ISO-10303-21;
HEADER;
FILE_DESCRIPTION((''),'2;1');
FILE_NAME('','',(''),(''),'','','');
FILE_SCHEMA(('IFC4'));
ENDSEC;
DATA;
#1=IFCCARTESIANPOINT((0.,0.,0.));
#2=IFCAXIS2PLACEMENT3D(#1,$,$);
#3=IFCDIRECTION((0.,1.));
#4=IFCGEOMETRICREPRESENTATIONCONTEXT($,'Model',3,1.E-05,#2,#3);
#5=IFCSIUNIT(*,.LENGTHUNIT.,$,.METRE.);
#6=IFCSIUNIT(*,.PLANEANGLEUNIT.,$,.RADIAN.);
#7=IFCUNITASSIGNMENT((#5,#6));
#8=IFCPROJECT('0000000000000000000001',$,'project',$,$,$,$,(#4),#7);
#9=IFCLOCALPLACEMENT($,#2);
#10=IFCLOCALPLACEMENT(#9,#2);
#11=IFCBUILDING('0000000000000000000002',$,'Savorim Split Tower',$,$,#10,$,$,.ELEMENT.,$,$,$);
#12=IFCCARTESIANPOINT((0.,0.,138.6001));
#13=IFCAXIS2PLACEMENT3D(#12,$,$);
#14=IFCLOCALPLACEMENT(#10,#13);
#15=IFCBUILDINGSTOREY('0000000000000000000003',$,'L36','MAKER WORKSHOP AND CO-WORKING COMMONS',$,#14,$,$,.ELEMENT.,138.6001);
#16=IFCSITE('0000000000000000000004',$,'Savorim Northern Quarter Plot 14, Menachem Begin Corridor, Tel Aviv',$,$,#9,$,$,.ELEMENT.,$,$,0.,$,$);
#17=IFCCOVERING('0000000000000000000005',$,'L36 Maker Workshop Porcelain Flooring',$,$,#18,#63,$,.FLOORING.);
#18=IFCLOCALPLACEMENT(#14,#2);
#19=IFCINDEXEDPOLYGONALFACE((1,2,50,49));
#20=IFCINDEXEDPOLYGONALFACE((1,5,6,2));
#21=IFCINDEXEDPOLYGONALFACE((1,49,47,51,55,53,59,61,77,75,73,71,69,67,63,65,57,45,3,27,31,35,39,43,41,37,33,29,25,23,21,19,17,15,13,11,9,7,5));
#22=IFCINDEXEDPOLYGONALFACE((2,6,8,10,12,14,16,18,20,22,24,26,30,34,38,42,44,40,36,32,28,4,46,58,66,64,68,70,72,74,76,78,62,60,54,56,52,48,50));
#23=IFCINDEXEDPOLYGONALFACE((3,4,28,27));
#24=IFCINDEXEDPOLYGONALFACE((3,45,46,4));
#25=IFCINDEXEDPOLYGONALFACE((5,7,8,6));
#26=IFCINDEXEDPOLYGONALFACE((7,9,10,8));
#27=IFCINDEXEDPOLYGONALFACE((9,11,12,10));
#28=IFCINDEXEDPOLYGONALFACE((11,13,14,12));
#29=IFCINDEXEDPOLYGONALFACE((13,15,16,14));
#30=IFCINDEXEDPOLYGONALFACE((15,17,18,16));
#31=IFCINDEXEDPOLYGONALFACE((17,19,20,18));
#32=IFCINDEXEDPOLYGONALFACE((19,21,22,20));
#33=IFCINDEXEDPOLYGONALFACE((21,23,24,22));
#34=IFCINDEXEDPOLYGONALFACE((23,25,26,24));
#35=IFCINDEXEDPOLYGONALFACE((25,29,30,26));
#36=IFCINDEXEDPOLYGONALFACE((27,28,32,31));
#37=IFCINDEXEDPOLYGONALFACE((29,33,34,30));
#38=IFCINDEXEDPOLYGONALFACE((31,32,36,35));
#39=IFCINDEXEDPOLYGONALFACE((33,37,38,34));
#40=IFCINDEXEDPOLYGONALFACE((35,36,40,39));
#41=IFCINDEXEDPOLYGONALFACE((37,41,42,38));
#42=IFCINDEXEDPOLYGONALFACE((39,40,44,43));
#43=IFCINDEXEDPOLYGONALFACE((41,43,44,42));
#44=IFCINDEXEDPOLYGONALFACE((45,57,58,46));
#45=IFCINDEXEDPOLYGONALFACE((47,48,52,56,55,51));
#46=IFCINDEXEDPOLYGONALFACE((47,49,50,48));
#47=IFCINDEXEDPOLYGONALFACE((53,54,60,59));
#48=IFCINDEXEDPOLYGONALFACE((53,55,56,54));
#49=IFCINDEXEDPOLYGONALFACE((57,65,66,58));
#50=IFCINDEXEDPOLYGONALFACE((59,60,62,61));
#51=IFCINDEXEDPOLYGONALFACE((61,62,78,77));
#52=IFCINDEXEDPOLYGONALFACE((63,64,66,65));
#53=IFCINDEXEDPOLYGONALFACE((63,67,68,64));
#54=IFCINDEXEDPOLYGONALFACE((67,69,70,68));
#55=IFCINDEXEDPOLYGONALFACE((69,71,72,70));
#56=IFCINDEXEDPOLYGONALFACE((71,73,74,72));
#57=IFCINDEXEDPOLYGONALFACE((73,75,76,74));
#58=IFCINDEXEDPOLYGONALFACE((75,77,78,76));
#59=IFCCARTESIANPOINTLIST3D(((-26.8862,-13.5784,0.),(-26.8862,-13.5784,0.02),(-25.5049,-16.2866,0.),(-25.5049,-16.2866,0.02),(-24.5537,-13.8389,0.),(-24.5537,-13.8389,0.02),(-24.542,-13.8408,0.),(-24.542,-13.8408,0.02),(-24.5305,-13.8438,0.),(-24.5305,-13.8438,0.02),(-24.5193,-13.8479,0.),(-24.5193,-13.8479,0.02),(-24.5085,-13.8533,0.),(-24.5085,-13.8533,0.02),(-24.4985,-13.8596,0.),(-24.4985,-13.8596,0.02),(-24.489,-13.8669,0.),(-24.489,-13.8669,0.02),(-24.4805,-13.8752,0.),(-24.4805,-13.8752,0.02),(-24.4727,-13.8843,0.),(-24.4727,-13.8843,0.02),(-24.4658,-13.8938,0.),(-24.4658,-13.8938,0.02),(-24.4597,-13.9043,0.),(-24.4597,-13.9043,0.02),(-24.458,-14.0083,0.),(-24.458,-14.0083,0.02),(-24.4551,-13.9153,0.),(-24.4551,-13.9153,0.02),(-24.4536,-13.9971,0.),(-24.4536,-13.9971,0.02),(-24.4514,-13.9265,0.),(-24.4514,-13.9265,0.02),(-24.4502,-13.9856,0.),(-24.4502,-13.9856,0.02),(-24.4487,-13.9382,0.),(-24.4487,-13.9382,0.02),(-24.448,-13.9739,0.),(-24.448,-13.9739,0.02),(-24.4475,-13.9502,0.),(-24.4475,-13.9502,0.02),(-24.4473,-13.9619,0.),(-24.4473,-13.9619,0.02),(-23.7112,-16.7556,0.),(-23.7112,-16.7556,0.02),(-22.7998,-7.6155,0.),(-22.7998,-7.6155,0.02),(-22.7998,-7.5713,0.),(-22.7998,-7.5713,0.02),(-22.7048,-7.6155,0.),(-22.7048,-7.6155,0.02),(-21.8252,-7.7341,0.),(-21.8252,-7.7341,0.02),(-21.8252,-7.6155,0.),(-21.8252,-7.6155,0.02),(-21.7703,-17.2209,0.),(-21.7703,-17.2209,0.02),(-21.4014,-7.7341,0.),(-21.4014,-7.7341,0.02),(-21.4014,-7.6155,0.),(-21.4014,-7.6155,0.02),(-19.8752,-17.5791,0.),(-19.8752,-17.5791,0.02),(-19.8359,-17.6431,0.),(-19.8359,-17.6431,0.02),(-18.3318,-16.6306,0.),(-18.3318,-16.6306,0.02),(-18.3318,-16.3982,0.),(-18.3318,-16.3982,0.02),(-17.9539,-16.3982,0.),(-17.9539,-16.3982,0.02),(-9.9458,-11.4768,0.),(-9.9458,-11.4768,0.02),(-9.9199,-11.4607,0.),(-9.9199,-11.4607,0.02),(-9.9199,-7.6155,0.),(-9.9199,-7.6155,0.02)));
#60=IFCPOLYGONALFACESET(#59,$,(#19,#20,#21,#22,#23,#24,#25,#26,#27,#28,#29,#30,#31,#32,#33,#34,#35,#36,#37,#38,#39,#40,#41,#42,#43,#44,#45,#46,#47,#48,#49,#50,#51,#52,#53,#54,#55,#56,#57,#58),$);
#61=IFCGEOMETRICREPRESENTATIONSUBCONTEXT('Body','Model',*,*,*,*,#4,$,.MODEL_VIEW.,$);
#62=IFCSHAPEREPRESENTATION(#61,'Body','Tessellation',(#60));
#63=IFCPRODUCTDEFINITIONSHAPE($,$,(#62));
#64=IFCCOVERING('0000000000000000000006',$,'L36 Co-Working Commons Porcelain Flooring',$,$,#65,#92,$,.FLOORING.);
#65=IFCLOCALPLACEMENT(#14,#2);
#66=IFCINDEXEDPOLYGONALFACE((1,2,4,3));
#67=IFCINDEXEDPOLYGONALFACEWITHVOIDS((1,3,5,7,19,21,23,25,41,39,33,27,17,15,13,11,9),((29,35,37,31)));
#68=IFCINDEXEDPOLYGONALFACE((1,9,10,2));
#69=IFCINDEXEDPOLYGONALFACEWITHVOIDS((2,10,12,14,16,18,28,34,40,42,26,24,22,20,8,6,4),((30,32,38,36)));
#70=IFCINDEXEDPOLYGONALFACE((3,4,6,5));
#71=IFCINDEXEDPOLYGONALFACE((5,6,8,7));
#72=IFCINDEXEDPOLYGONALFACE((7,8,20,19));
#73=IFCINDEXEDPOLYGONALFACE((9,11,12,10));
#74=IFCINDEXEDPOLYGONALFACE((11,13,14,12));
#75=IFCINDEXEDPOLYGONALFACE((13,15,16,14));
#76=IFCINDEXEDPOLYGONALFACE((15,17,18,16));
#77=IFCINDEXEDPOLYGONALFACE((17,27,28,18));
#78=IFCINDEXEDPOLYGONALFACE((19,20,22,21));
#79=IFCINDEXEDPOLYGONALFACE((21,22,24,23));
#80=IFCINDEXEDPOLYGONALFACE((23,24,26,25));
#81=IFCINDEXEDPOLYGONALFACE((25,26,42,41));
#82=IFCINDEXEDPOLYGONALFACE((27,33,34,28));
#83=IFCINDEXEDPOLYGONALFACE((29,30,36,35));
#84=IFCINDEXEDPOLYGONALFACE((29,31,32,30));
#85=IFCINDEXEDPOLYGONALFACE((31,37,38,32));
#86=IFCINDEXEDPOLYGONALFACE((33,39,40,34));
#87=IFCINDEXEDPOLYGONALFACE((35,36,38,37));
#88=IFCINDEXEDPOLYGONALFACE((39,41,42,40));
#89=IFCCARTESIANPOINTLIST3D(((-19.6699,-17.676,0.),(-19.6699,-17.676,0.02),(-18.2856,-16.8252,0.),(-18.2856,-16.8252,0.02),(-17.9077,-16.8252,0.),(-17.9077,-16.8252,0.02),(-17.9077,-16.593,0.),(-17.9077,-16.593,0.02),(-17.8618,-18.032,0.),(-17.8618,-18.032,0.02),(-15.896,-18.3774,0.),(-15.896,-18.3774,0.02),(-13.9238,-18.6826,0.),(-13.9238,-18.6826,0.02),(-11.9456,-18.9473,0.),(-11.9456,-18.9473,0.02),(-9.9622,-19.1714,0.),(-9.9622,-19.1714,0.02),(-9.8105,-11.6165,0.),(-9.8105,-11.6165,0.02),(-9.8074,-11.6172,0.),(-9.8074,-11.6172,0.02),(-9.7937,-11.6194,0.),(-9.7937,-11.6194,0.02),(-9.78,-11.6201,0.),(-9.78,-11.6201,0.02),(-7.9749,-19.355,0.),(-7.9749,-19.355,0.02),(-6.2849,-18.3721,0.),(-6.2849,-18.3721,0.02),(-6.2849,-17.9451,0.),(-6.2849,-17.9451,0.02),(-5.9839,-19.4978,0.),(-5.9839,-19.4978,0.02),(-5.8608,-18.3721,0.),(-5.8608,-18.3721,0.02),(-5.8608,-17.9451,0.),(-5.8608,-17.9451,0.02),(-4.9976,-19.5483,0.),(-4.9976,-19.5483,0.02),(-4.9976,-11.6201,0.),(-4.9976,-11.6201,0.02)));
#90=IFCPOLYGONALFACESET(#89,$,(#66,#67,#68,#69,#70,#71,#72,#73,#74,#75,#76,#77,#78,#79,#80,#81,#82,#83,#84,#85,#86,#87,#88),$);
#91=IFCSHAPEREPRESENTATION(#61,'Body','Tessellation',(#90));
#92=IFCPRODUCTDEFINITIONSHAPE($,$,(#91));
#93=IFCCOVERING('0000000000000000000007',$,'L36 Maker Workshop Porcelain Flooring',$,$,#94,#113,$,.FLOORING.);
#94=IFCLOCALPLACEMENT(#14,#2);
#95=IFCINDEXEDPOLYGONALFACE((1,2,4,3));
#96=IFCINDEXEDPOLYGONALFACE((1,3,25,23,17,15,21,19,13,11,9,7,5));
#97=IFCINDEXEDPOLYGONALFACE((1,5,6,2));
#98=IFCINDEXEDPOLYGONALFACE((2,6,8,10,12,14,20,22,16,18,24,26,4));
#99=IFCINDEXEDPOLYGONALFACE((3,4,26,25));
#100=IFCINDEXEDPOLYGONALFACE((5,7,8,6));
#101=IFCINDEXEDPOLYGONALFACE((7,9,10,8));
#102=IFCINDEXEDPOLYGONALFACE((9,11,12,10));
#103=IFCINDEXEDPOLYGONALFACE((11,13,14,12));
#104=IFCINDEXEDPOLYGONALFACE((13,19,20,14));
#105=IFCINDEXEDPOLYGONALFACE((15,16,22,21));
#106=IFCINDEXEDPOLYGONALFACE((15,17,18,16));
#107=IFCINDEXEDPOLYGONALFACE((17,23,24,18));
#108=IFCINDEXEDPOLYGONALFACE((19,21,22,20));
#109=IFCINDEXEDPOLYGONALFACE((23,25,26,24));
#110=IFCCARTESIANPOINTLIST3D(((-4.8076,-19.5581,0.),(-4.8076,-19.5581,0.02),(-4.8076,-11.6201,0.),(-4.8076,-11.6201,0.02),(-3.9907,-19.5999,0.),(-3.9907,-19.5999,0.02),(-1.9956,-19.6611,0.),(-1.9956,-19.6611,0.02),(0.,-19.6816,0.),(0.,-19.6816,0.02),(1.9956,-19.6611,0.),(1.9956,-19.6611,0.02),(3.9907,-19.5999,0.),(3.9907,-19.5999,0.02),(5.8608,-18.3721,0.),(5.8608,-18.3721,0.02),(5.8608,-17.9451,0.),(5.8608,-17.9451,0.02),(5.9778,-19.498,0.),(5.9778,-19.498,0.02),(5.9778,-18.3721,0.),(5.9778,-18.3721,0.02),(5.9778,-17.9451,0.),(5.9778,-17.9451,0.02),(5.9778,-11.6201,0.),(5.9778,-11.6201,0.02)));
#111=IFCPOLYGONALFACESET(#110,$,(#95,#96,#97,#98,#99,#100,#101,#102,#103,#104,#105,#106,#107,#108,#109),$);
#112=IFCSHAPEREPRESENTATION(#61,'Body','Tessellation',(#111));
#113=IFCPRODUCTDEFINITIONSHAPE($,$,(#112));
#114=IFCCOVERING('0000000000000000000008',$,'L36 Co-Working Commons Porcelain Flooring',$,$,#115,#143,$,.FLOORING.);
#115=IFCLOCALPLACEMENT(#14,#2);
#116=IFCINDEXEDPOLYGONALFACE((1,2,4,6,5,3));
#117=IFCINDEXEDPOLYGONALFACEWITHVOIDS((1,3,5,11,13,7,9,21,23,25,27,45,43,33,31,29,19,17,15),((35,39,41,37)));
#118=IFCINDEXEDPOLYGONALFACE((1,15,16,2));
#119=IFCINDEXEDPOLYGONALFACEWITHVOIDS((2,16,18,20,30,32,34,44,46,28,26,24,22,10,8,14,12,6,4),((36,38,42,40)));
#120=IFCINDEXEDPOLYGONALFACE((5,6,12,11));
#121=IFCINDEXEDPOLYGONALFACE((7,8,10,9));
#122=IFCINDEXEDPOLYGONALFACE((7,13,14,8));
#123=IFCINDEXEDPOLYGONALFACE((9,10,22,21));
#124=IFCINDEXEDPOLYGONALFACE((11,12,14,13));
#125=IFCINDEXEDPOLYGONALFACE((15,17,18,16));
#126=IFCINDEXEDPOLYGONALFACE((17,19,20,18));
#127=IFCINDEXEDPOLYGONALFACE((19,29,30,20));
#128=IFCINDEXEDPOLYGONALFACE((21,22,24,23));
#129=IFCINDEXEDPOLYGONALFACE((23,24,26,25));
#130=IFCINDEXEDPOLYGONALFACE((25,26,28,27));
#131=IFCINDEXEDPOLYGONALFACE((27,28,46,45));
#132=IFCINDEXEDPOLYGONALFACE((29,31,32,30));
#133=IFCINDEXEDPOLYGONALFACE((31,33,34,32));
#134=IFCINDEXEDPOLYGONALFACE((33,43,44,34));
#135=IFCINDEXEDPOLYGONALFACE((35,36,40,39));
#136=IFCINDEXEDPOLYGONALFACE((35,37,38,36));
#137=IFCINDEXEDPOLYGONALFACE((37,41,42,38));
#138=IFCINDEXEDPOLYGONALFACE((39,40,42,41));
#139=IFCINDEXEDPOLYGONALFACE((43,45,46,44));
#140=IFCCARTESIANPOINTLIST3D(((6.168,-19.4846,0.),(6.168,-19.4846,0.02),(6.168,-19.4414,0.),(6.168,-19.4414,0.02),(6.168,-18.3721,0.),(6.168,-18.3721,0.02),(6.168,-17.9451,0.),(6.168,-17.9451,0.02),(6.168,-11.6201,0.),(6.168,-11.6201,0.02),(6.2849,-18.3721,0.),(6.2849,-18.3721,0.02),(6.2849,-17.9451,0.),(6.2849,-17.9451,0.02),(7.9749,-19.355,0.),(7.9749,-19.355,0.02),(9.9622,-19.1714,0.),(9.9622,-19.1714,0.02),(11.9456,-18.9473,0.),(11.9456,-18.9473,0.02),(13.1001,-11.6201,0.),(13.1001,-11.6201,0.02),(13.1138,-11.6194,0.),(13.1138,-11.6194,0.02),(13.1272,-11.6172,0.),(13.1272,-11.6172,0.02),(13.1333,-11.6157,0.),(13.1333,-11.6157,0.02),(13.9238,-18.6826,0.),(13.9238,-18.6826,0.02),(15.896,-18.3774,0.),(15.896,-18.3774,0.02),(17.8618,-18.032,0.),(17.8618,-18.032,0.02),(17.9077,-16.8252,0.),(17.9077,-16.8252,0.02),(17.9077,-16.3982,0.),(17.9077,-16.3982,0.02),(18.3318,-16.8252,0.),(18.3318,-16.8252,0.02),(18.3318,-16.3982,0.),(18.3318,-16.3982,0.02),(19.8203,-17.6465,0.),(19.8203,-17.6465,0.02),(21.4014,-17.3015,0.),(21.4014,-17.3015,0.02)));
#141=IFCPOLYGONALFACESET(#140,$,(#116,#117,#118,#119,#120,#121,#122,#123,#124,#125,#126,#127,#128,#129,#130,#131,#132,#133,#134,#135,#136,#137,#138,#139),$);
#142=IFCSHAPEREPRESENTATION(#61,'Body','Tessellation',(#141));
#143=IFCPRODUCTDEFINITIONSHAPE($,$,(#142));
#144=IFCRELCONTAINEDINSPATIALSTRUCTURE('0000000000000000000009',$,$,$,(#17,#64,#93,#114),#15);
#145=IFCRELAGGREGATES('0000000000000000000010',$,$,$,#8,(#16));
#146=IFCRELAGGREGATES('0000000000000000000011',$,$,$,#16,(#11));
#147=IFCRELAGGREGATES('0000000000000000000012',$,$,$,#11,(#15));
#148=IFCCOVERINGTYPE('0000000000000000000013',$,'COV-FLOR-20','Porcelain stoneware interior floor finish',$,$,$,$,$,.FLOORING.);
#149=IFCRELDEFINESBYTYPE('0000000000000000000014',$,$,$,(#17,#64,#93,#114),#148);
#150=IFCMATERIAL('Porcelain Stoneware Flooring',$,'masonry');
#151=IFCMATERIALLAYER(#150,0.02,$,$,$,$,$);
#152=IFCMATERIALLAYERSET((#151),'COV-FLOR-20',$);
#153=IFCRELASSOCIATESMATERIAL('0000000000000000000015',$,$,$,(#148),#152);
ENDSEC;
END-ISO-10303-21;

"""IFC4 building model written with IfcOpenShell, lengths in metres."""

from ifc_helpers import new_model, si_unit, direction, frame, origin, place, context, subcontext, project, spatial, polyline, outline, extrude, material, layer, layer_set, type_object, element, save


model = new_model("IFC4")

# Units and contexts
model_context = context("Model", 3, precision=1e-05, world=origin(), true_north=direction((0.0, 1.0)))
body_context = subcontext(model_context, "Body", "Model", "MODEL_VIEW")
ifc_project = project(units=[si_unit("LENGTHUNIT", "METRE"), si_unit("PLANEANGLEUNIT", "RADIAN")], contexts=[model_context])

# Site, building, storey
site_placement = place(None, origin())
site = spatial("IfcSite", under=ifc_project, at=site_placement, Name="Savorim Northern Quarter Plot 14, Menachem Begin Corridor, Tel Aviv", CompositionType="ELEMENT", RefElevation=0.0)
building_placement = place(site_placement, origin())
building = spatial("IfcBuilding", under=site, at=building_placement, Name="Savorim Split Tower", CompositionType="ELEMENT")
storey_placement = place(building_placement, frame((0.0, 0.0, 138.6001)))
storey = spatial("IfcBuildingStorey", under=building, at=storey_placement, Name="L36", Description="MAKER WORKSHOP AND CO-WORKING COMMONS", CompositionType="ELEMENT", Elevation=138.6001)

# Coverings
ifc_material_1 = material(Name="Porcelain Stoneware Flooring", Category="masonry")
ifc_layer_1 = layer(ifc_material_1, 0.02)
ifc_layer_set_1 = layer_set([ifc_layer_1], Name="COV-FLOR-20")
covering_type_1 = type_object("IfcCoveringType", Name="COV-FLOR-20", Description="Porcelain stoneware interior floor finish", PredefinedType="FLOORING", material=ifc_layer_set_1)
covering_1_placement = place(storey_placement, origin())
element("IfcCovering", 1, at=covering_1_placement, inside=storey, type_object=covering_type_1, Name="L36 Maker Workshop Porcelain Flooring", PredefinedType="FLOORING", context=body_context, shape_type="SweptSolid", body=[
    extrude(outline(polyline([(-24.4473, -13.9619), (-24.448, -13.9739), (-24.4502, -13.9856), (-24.4536, -13.9971), (-24.458, -14.0083), (-25.5049, -16.2866), (-23.7112, -16.7556), (-21.7703, -17.2209), (-19.8359, -17.6431), (-19.8752, -17.5791), (-18.3318, -16.6306), (-18.3318, -16.3982), (-17.9539, -16.3982), (-9.9458, -11.4768), (-9.9199, -11.4607), (-9.9199, -7.6155), (-21.4014, -7.6155), (-21.4014, -7.7341), (-21.8252, -7.7341), (-21.8252, -7.6155), (-22.7048, -7.6155), (-22.7998, -7.6155), (-22.7998, -7.5713), (-26.8862, -13.5784), (-24.5537, -13.8389), (-24.542, -13.8408), (-24.5305, -13.8438), (-24.5193, -13.8479), (-24.5085, -13.8533), (-24.4985, -13.8596), (-24.489, -13.8669), (-24.4805, -13.8752), (-24.4727, -13.8843), (-24.4658, -13.8938), (-24.4597, -13.9043), (-24.4551, -13.9153), (-24.4514, -13.9265), (-24.4487, -13.9382), (-24.4475, -13.9502), (-24.4473, -13.9619)])), origin(), (0.0, 0.0, 1.0), 0.02),
])
covering_2_placement = place(storey_placement, origin())
element("IfcCovering", 2, at=covering_2_placement, inside=storey, type_object=covering_type_1, Name="L36 Co-Working Commons Porcelain Flooring", PredefinedType="FLOORING", context=body_context, shape_type="SweptSolid", body=[
    extrude(outline(polyline([(-9.9622, -19.1714), (-7.9749, -19.355), (-5.9839, -19.4978), (-4.9976, -19.5483), (-4.9976, -11.6201), (-9.78, -11.6201), (-9.7937, -11.6194), (-9.8074, -11.6172), (-9.8105, -11.6165), (-17.9077, -16.593), (-17.9077, -16.8252), (-18.2856, -16.8252), (-19.6699, -17.676), (-17.8618, -18.032), (-15.896, -18.3774), (-13.9238, -18.6826), (-11.9456, -18.9473), (-9.9622, -19.1714)]), holes=[polyline([(-6.2849, -18.3721), (-5.8608, -18.3721), (-5.8608, -17.9451), (-6.2849, -17.9451), (-6.2849, -18.3721)])]), origin(), (0.0, 0.0, 1.0), 0.02),
])
covering_3_placement = place(storey_placement, origin())
element("IfcCovering", 3, at=covering_3_placement, inside=storey, type_object=covering_type_1, Name="L36 Maker Workshop Porcelain Flooring", PredefinedType="FLOORING", context=body_context, shape_type="SweptSolid", body=[
    extrude(outline(polyline([(-1.9956, -19.6611), (0.0, -19.6816), (1.9956, -19.6611), (3.9907, -19.5999), (5.9778, -19.498), (5.9778, -18.3721), (5.8608, -18.3721), (5.8608, -17.9451), (5.9778, -17.9451), (5.9778, -11.6201), (-4.8076, -11.6201), (-4.8076, -19.5581), (-3.9907, -19.5999), (-1.9956, -19.6611)])), origin(), (0.0, 0.0, 1.0), 0.02),
])
covering_4_placement = place(storey_placement, origin())
element("IfcCovering", 4, at=covering_4_placement, inside=storey, type_object=covering_type_1, Name="L36 Co-Working Commons Porcelain Flooring", PredefinedType="FLOORING", context=body_context, shape_type="SweptSolid", body=[
    extrude(outline(polyline([(15.896, -18.3774), (17.8618, -18.032), (19.8203, -17.6465), (21.4014, -17.3015), (13.1333, -11.6157), (13.1272, -11.6172), (13.1138, -11.6194), (13.1001, -11.6201), (6.168, -11.6201), (6.168, -17.9451), (6.2849, -17.9451), (6.2849, -18.3721), (6.168, -18.3721), (6.168, -19.4414), (6.168, -19.4846), (7.9749, -19.355), (9.9622, -19.1714), (11.9456, -18.9473), (13.9238, -18.6826), (15.896, -18.3774)]), holes=[polyline([(18.3318, -16.8252), (18.3318, -16.3982), (17.9077, -16.3982), (17.9077, -16.8252), (18.3318, -16.8252)])]), origin(), (0.0, 0.0, 1.0), 0.02),
])

save(model, "model.ifc")
